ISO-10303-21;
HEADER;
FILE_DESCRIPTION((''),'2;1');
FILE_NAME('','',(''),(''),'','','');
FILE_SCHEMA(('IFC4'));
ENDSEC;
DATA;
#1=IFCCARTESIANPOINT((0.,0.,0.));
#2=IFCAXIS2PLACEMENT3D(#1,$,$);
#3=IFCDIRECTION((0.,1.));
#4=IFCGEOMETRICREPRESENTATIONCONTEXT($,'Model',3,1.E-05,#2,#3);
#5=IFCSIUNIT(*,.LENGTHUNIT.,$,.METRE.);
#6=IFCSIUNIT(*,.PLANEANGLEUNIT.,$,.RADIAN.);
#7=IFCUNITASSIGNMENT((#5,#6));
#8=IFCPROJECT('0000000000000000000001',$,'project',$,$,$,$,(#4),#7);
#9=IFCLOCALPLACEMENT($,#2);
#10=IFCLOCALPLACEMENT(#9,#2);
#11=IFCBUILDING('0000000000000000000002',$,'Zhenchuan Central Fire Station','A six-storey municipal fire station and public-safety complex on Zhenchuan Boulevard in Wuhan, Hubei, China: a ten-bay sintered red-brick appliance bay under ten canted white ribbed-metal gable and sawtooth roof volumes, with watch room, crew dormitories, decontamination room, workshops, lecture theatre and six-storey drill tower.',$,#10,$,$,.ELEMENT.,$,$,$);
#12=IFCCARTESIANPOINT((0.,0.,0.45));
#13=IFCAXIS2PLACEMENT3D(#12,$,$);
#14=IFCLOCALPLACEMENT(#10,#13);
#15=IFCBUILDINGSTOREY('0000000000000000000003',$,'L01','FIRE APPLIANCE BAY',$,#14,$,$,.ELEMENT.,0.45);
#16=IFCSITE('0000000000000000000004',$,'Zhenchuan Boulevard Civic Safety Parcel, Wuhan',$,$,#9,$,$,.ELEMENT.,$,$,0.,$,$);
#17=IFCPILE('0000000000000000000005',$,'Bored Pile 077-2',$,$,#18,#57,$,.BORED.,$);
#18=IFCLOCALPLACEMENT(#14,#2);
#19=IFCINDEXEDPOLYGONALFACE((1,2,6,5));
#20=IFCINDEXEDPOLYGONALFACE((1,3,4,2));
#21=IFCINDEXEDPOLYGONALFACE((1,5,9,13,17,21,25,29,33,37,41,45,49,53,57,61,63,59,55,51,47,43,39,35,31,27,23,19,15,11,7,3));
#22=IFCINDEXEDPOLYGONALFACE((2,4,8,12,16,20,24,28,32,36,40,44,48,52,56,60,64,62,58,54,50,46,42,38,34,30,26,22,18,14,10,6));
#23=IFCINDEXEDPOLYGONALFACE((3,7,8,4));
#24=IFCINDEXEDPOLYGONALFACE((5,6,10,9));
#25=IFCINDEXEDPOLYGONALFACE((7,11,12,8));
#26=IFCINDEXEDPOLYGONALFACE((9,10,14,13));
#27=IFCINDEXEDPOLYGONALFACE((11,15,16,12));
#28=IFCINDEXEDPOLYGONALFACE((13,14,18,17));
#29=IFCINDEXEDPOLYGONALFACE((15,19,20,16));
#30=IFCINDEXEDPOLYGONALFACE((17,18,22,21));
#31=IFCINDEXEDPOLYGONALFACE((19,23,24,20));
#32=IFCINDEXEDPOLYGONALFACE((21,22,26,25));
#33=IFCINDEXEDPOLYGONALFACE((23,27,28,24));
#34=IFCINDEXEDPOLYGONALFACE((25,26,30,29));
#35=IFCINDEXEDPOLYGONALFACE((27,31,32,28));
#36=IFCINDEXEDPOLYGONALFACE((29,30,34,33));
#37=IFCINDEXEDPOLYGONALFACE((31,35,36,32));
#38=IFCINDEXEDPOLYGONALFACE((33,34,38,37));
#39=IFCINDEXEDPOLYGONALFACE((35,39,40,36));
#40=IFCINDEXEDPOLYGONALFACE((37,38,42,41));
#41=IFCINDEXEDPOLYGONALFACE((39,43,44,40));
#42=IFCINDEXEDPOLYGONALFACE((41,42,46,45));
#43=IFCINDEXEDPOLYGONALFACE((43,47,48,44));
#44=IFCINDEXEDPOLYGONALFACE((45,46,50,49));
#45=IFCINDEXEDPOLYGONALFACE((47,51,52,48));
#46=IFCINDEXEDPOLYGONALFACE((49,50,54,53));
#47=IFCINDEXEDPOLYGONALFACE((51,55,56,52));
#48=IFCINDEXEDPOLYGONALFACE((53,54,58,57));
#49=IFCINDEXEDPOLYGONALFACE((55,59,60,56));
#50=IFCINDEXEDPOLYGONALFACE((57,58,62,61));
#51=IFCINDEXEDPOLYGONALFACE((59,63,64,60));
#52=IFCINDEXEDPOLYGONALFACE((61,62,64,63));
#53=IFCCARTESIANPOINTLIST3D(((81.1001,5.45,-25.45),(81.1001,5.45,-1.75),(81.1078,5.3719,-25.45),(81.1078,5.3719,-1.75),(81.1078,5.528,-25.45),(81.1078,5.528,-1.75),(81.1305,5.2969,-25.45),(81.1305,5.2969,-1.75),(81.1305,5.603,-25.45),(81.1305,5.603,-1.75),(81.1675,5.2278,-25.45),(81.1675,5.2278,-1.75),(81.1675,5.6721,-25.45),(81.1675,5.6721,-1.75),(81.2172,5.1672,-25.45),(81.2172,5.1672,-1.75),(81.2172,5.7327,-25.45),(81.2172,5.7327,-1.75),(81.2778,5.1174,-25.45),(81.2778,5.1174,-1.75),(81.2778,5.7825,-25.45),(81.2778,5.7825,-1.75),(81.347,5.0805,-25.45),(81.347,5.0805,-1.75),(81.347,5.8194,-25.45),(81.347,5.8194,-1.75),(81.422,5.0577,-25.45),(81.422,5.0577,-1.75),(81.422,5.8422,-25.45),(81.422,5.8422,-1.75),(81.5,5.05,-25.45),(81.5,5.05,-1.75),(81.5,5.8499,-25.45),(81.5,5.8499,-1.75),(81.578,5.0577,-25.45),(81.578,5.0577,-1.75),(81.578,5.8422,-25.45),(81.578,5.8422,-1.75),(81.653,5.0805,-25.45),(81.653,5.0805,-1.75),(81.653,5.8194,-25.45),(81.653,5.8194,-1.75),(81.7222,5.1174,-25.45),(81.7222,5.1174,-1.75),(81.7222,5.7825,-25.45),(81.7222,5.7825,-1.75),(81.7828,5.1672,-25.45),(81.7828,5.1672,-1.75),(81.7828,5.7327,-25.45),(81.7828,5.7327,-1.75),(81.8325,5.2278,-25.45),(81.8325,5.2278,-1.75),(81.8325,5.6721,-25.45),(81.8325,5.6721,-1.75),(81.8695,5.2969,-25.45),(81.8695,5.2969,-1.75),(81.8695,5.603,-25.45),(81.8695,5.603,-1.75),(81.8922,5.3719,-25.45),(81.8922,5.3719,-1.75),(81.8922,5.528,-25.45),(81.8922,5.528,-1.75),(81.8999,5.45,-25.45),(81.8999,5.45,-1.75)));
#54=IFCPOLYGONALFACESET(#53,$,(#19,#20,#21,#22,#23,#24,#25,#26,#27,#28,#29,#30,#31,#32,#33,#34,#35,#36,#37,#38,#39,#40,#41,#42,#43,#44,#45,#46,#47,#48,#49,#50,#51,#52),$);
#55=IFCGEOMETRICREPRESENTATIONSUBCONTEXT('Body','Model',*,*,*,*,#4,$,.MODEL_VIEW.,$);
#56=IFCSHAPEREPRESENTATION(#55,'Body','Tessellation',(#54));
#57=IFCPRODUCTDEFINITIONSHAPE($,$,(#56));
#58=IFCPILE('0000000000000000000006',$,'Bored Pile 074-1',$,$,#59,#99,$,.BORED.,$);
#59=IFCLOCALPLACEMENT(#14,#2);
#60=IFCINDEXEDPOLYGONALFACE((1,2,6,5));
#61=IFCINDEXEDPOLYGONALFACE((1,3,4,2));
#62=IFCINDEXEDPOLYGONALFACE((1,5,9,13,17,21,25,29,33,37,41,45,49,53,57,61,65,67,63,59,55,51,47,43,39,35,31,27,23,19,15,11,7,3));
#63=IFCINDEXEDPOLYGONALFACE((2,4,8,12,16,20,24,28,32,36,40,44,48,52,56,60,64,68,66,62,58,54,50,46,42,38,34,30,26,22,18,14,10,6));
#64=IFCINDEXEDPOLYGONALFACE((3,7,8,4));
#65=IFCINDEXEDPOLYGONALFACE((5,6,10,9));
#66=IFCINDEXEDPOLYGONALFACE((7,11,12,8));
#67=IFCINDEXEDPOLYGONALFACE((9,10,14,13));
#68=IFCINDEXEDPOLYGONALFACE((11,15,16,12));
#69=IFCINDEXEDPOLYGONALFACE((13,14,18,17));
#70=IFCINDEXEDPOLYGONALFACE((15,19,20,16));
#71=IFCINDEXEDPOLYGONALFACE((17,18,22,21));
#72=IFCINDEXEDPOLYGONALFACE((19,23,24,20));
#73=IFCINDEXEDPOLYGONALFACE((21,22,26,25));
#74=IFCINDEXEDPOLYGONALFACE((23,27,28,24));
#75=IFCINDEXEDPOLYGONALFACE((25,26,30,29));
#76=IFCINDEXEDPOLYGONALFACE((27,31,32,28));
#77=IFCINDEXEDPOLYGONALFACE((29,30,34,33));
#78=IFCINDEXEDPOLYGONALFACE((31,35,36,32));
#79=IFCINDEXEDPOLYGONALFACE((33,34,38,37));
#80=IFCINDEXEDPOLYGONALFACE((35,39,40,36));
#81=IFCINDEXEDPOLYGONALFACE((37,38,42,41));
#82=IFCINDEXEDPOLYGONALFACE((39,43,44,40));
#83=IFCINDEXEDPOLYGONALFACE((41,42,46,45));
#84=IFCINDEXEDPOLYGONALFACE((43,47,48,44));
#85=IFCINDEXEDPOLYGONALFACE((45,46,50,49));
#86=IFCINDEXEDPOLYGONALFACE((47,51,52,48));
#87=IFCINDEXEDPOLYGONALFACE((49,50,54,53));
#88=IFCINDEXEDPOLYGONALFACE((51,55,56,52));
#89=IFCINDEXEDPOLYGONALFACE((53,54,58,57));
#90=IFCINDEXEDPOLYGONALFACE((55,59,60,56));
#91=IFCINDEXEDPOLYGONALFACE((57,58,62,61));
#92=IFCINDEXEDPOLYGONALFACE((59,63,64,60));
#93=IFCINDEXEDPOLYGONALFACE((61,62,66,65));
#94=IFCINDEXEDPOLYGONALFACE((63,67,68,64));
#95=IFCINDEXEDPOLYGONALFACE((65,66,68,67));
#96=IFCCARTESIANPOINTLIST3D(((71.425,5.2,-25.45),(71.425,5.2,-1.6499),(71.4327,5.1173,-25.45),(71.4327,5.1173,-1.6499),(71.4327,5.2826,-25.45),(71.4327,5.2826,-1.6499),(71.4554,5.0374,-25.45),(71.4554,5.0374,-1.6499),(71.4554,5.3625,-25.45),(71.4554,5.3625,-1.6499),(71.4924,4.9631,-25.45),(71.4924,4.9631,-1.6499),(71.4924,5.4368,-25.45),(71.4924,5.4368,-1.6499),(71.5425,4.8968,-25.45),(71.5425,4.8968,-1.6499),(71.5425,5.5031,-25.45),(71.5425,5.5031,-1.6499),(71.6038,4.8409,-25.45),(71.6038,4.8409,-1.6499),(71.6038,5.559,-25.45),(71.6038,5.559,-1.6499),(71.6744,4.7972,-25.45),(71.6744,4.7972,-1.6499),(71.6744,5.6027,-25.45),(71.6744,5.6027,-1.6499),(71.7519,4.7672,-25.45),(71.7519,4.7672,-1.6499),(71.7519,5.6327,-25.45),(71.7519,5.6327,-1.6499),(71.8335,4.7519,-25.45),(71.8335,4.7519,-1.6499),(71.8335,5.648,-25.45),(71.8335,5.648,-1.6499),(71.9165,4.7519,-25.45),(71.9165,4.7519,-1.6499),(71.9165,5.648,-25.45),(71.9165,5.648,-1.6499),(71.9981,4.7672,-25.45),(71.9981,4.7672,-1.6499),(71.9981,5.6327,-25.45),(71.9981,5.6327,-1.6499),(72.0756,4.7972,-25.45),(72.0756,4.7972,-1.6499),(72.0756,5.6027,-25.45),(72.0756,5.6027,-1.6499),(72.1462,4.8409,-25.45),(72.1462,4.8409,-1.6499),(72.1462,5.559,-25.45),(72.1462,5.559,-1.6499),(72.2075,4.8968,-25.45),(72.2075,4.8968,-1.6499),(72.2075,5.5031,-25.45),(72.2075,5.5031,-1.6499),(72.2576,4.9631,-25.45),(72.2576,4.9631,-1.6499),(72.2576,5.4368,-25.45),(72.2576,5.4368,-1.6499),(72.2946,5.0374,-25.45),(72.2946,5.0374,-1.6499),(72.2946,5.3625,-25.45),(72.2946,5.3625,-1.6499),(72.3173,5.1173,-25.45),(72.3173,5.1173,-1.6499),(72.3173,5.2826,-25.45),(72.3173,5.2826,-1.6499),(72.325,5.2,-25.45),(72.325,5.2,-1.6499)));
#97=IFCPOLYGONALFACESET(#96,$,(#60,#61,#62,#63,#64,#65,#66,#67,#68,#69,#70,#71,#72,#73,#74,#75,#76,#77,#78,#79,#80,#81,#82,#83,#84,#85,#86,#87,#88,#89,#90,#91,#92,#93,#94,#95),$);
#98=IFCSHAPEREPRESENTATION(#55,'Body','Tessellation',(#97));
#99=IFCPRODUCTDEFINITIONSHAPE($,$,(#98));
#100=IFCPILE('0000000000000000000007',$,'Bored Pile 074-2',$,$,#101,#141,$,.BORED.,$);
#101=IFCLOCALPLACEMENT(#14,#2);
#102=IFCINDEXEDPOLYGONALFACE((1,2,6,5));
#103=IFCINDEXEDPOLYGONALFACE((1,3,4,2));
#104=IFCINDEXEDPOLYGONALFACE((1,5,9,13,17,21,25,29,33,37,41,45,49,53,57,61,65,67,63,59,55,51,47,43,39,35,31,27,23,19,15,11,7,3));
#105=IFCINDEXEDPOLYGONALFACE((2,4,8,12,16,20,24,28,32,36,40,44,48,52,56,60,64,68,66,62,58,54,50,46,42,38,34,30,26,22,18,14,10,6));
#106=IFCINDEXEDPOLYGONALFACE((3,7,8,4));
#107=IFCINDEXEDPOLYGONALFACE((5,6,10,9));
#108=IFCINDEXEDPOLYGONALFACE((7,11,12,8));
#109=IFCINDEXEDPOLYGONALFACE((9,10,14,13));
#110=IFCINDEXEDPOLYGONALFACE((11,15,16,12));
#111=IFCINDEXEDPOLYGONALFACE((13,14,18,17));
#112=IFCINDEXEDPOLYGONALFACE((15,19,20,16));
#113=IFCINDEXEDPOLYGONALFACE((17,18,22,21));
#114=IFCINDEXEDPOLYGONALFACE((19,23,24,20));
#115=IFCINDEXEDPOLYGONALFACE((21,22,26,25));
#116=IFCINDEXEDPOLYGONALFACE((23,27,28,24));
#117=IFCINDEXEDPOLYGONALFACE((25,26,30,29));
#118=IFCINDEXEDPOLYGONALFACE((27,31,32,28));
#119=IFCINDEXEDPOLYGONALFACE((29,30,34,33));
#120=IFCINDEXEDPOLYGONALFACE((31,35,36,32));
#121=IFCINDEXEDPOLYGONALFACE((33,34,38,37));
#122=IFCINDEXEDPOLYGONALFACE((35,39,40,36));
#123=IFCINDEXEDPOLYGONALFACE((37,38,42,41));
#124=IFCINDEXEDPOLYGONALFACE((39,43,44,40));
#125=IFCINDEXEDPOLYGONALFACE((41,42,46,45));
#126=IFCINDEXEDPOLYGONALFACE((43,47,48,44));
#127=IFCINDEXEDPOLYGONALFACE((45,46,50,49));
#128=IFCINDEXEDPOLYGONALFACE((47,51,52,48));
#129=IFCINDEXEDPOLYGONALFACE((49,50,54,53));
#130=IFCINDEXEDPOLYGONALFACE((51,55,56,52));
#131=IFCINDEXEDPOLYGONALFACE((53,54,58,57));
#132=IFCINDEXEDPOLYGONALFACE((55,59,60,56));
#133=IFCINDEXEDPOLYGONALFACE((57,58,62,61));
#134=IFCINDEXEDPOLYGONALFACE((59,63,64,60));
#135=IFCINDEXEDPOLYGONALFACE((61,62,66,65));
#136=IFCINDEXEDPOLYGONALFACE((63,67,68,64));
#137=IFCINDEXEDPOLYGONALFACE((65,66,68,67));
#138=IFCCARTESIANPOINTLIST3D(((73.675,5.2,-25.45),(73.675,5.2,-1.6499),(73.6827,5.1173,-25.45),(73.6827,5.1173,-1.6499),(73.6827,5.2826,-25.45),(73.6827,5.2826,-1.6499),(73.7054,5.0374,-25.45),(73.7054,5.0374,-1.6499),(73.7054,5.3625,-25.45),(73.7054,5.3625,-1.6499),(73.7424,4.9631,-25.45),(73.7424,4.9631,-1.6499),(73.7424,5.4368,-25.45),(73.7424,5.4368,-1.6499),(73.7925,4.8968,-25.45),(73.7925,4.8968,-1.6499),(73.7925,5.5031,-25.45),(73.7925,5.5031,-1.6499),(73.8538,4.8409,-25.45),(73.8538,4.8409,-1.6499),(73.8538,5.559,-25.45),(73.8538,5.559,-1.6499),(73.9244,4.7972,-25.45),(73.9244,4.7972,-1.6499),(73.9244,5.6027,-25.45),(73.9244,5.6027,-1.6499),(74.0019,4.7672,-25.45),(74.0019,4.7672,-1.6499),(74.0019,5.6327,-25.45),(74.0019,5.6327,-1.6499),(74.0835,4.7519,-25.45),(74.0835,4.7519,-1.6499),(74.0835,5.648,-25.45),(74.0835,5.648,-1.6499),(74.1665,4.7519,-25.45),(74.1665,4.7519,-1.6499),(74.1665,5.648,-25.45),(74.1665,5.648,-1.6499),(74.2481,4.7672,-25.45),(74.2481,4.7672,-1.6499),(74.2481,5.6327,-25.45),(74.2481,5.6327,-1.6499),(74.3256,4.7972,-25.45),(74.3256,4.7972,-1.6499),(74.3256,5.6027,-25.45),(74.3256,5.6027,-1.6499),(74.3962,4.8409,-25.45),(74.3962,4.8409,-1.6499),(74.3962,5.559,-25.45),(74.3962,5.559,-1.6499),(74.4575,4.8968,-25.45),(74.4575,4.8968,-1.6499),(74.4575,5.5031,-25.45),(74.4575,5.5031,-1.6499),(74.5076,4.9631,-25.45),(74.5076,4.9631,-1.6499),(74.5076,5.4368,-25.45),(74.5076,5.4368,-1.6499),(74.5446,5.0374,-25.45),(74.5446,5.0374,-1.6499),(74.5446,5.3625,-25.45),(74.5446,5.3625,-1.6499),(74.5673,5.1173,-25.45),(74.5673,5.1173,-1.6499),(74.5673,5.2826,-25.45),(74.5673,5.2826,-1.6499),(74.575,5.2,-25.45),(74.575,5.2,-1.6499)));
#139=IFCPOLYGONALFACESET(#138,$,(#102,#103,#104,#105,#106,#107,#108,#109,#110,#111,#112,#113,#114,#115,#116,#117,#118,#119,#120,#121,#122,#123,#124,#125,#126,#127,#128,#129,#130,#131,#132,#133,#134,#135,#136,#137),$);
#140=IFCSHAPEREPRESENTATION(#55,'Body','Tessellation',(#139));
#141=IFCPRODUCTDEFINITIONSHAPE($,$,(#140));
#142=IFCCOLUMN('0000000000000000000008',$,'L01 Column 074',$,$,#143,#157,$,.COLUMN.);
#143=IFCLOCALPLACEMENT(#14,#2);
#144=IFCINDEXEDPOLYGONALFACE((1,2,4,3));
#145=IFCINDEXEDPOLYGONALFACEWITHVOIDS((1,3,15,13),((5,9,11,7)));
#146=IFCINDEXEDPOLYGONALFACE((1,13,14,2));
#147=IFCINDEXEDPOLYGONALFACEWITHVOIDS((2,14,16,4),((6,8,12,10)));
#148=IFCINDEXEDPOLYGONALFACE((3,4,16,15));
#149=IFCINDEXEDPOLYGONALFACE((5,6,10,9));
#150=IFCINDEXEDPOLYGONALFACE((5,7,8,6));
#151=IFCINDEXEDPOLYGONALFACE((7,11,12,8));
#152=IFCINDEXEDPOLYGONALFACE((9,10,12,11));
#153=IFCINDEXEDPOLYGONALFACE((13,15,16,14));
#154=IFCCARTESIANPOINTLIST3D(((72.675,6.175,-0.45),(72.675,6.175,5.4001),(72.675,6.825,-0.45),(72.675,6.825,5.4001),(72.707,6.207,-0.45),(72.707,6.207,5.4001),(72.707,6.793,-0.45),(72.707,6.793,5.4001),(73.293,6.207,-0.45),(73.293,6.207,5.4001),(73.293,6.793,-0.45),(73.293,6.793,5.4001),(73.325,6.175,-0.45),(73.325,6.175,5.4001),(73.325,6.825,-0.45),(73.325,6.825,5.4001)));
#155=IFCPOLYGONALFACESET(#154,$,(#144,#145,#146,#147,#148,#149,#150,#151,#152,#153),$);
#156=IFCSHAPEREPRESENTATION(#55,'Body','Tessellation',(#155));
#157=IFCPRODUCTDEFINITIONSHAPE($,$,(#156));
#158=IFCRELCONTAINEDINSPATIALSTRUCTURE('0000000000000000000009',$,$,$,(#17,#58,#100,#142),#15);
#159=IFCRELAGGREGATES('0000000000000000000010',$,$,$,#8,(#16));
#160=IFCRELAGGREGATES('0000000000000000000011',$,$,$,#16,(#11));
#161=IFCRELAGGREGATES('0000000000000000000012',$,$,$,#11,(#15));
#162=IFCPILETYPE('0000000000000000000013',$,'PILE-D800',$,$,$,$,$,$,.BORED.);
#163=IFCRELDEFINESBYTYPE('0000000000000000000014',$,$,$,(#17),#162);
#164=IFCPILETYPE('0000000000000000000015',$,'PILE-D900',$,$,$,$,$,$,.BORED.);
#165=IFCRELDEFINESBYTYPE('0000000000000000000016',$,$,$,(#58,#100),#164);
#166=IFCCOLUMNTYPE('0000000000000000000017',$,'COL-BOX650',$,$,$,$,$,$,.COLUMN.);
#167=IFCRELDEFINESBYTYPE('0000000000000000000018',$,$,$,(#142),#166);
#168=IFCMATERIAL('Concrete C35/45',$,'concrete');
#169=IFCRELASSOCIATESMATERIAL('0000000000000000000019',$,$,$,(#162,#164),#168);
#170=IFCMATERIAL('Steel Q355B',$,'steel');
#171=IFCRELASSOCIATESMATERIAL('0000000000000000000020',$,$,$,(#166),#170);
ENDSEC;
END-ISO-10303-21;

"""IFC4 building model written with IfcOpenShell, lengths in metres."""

from ifc_helpers import new_model, si_unit, direction, frame, origin, origin_2d, place, context, subcontext, project, spatial, hollow_rectangle, circle, extrude, material, material_profile, profile_set, type_object, element, save


model = new_model("IFC4")

# Units and contexts
model_context = context("Model", 3, precision=1e-05, world=origin(), true_north=direction((0.0, 1.0)))
body_context = subcontext(model_context, "Body", "Model", "MODEL_VIEW")
ifc_project = project(units=[si_unit("LENGTHUNIT", "METRE"), si_unit("PLANEANGLEUNIT", "RADIAN")], contexts=[model_context])

# Site, building, storey
site_placement = place(None, origin())
site = spatial("IfcSite", under=ifc_project, at=site_placement, Name="Zhenchuan Boulevard Civic Safety Parcel, Wuhan", CompositionType="ELEMENT", RefElevation=0.0)
building_placement = place(site_placement, origin())
building = spatial("IfcBuilding", under=site, at=building_placement, Name="Zhenchuan Central Fire Station", Description="A six-storey municipal fire station and public-safety complex on Zhenchuan Boulevard in Wuhan, Hubei, China: a ten-bay sintered red-brick appliance bay under ten canted white ribbed-metal gable and sawtooth roof volumes, with watch room, crew dormitories, decontamination room, workshops, lecture theatre and six-storey drill tower.", CompositionType="ELEMENT")
storey_placement = place(building_placement, frame((0.0, 0.0, 0.45)))
storey = spatial("IfcBuildingStorey", under=building, at=storey_placement, Name="L01", Description="FIRE APPLIANCE BAY", CompositionType="ELEMENT", Elevation=0.45)

# Shared definitions
ifc_material_1 = material(Name="Concrete C35/45", Category="concrete")

# Piles
ifc_material_profile_1 = material_profile(ifc_material_1, circle(Radius=0.3999, at=origin_2d()), Name="PILE D800")
ifc_profile_set_1 = profile_set([ifc_material_profile_1], Name="Concrete C35/45")
pile_type_1 = type_object("IfcPileType", Name="PILE-D800", PredefinedType="BORED", material=ifc_profile_set_1)
for number, where, z_axis, x_axis, name in (
    (1, (81.5, 5.45, -1.75), (0.0, 0.0, -1.0), (1.0, 0.0, 0.0), "Bored Pile 077-2"),
):
    element("IfcPile", number, at=place(storey_placement, frame(where, z_axis=z_axis, x_axis=x_axis)), inside=storey, type_object=pile_type_1, Name=name, PredefinedType="BORED", context=body_context, shape_type="SweptSolid", body=[
        extrude(circle(Radius=0.3999, at=origin_2d()), origin(), (0.0, 0.0, 1.0), 23.7),
    ])
ifc_material_profile_2 = material_profile(ifc_material_1, circle(Radius=0.45, at=origin_2d()), Name="PILE D900")
ifc_profile_set_2 = profile_set([ifc_material_profile_2], Name="Concrete C35/45")
pile_type_2 = type_object("IfcPileType", Name="PILE-D900", PredefinedType="BORED", material=ifc_profile_set_2)
for number, where, z_axis, x_axis, name in (
    (2, (71.875, 5.2, -1.6499), (0.0, 0.0, -1.0), (1.0, 0.0, 0.0), "Bored Pile 074-1"),
    (3, (74.125, 5.2, -1.6499), (0.0, 0.0, -1.0), (1.0, 0.0, 0.0), "Bored Pile 074-2"),
):
    element("IfcPile", number, at=place(storey_placement, frame(where, z_axis=z_axis, x_axis=x_axis)), inside=storey, type_object=pile_type_2, Name=name, PredefinedType="BORED", context=body_context, shape_type="SweptSolid", body=[
        extrude(circle(Radius=0.45, at=origin_2d()), origin(), (0.0, 0.0, 1.0), 23.8),
    ])

# Column
ifc_material_2 = material(Name="Steel Q355B", Category="steel")
ifc_material_profile_3 = material_profile(ifc_material_2, hollow_rectangle(XDim=0.6499, YDim=0.6499, WallThickness=0.032, at=origin_2d()), Name="BOX 650x650x32")
ifc_profile_set_3 = profile_set([ifc_material_profile_3], Name="Steel Q355B")
column_type_1 = type_object("IfcColumnType", Name="COL-BOX650", PredefinedType="COLUMN", material=ifc_profile_set_3)
column_1_placement = place(storey_placement, frame((73.0, 6.5, -0.45), z_axis=(0.0, 0.0, 1.0), x_axis=(1.0, 0.0, 0.0)))
element("IfcColumn", 4, at=column_1_placement, inside=storey, type_object=column_type_1, Name="L01 Column 074", PredefinedType="COLUMN", context=body_context, shape_type="SweptSolid", body=[
    extrude(hollow_rectangle(XDim=0.6499, YDim=0.6499, WallThickness=0.032, at=origin_2d()), origin(), (0.0, 0.0, 1.0), 5.8501),
])

save(model, "model.ifc")
